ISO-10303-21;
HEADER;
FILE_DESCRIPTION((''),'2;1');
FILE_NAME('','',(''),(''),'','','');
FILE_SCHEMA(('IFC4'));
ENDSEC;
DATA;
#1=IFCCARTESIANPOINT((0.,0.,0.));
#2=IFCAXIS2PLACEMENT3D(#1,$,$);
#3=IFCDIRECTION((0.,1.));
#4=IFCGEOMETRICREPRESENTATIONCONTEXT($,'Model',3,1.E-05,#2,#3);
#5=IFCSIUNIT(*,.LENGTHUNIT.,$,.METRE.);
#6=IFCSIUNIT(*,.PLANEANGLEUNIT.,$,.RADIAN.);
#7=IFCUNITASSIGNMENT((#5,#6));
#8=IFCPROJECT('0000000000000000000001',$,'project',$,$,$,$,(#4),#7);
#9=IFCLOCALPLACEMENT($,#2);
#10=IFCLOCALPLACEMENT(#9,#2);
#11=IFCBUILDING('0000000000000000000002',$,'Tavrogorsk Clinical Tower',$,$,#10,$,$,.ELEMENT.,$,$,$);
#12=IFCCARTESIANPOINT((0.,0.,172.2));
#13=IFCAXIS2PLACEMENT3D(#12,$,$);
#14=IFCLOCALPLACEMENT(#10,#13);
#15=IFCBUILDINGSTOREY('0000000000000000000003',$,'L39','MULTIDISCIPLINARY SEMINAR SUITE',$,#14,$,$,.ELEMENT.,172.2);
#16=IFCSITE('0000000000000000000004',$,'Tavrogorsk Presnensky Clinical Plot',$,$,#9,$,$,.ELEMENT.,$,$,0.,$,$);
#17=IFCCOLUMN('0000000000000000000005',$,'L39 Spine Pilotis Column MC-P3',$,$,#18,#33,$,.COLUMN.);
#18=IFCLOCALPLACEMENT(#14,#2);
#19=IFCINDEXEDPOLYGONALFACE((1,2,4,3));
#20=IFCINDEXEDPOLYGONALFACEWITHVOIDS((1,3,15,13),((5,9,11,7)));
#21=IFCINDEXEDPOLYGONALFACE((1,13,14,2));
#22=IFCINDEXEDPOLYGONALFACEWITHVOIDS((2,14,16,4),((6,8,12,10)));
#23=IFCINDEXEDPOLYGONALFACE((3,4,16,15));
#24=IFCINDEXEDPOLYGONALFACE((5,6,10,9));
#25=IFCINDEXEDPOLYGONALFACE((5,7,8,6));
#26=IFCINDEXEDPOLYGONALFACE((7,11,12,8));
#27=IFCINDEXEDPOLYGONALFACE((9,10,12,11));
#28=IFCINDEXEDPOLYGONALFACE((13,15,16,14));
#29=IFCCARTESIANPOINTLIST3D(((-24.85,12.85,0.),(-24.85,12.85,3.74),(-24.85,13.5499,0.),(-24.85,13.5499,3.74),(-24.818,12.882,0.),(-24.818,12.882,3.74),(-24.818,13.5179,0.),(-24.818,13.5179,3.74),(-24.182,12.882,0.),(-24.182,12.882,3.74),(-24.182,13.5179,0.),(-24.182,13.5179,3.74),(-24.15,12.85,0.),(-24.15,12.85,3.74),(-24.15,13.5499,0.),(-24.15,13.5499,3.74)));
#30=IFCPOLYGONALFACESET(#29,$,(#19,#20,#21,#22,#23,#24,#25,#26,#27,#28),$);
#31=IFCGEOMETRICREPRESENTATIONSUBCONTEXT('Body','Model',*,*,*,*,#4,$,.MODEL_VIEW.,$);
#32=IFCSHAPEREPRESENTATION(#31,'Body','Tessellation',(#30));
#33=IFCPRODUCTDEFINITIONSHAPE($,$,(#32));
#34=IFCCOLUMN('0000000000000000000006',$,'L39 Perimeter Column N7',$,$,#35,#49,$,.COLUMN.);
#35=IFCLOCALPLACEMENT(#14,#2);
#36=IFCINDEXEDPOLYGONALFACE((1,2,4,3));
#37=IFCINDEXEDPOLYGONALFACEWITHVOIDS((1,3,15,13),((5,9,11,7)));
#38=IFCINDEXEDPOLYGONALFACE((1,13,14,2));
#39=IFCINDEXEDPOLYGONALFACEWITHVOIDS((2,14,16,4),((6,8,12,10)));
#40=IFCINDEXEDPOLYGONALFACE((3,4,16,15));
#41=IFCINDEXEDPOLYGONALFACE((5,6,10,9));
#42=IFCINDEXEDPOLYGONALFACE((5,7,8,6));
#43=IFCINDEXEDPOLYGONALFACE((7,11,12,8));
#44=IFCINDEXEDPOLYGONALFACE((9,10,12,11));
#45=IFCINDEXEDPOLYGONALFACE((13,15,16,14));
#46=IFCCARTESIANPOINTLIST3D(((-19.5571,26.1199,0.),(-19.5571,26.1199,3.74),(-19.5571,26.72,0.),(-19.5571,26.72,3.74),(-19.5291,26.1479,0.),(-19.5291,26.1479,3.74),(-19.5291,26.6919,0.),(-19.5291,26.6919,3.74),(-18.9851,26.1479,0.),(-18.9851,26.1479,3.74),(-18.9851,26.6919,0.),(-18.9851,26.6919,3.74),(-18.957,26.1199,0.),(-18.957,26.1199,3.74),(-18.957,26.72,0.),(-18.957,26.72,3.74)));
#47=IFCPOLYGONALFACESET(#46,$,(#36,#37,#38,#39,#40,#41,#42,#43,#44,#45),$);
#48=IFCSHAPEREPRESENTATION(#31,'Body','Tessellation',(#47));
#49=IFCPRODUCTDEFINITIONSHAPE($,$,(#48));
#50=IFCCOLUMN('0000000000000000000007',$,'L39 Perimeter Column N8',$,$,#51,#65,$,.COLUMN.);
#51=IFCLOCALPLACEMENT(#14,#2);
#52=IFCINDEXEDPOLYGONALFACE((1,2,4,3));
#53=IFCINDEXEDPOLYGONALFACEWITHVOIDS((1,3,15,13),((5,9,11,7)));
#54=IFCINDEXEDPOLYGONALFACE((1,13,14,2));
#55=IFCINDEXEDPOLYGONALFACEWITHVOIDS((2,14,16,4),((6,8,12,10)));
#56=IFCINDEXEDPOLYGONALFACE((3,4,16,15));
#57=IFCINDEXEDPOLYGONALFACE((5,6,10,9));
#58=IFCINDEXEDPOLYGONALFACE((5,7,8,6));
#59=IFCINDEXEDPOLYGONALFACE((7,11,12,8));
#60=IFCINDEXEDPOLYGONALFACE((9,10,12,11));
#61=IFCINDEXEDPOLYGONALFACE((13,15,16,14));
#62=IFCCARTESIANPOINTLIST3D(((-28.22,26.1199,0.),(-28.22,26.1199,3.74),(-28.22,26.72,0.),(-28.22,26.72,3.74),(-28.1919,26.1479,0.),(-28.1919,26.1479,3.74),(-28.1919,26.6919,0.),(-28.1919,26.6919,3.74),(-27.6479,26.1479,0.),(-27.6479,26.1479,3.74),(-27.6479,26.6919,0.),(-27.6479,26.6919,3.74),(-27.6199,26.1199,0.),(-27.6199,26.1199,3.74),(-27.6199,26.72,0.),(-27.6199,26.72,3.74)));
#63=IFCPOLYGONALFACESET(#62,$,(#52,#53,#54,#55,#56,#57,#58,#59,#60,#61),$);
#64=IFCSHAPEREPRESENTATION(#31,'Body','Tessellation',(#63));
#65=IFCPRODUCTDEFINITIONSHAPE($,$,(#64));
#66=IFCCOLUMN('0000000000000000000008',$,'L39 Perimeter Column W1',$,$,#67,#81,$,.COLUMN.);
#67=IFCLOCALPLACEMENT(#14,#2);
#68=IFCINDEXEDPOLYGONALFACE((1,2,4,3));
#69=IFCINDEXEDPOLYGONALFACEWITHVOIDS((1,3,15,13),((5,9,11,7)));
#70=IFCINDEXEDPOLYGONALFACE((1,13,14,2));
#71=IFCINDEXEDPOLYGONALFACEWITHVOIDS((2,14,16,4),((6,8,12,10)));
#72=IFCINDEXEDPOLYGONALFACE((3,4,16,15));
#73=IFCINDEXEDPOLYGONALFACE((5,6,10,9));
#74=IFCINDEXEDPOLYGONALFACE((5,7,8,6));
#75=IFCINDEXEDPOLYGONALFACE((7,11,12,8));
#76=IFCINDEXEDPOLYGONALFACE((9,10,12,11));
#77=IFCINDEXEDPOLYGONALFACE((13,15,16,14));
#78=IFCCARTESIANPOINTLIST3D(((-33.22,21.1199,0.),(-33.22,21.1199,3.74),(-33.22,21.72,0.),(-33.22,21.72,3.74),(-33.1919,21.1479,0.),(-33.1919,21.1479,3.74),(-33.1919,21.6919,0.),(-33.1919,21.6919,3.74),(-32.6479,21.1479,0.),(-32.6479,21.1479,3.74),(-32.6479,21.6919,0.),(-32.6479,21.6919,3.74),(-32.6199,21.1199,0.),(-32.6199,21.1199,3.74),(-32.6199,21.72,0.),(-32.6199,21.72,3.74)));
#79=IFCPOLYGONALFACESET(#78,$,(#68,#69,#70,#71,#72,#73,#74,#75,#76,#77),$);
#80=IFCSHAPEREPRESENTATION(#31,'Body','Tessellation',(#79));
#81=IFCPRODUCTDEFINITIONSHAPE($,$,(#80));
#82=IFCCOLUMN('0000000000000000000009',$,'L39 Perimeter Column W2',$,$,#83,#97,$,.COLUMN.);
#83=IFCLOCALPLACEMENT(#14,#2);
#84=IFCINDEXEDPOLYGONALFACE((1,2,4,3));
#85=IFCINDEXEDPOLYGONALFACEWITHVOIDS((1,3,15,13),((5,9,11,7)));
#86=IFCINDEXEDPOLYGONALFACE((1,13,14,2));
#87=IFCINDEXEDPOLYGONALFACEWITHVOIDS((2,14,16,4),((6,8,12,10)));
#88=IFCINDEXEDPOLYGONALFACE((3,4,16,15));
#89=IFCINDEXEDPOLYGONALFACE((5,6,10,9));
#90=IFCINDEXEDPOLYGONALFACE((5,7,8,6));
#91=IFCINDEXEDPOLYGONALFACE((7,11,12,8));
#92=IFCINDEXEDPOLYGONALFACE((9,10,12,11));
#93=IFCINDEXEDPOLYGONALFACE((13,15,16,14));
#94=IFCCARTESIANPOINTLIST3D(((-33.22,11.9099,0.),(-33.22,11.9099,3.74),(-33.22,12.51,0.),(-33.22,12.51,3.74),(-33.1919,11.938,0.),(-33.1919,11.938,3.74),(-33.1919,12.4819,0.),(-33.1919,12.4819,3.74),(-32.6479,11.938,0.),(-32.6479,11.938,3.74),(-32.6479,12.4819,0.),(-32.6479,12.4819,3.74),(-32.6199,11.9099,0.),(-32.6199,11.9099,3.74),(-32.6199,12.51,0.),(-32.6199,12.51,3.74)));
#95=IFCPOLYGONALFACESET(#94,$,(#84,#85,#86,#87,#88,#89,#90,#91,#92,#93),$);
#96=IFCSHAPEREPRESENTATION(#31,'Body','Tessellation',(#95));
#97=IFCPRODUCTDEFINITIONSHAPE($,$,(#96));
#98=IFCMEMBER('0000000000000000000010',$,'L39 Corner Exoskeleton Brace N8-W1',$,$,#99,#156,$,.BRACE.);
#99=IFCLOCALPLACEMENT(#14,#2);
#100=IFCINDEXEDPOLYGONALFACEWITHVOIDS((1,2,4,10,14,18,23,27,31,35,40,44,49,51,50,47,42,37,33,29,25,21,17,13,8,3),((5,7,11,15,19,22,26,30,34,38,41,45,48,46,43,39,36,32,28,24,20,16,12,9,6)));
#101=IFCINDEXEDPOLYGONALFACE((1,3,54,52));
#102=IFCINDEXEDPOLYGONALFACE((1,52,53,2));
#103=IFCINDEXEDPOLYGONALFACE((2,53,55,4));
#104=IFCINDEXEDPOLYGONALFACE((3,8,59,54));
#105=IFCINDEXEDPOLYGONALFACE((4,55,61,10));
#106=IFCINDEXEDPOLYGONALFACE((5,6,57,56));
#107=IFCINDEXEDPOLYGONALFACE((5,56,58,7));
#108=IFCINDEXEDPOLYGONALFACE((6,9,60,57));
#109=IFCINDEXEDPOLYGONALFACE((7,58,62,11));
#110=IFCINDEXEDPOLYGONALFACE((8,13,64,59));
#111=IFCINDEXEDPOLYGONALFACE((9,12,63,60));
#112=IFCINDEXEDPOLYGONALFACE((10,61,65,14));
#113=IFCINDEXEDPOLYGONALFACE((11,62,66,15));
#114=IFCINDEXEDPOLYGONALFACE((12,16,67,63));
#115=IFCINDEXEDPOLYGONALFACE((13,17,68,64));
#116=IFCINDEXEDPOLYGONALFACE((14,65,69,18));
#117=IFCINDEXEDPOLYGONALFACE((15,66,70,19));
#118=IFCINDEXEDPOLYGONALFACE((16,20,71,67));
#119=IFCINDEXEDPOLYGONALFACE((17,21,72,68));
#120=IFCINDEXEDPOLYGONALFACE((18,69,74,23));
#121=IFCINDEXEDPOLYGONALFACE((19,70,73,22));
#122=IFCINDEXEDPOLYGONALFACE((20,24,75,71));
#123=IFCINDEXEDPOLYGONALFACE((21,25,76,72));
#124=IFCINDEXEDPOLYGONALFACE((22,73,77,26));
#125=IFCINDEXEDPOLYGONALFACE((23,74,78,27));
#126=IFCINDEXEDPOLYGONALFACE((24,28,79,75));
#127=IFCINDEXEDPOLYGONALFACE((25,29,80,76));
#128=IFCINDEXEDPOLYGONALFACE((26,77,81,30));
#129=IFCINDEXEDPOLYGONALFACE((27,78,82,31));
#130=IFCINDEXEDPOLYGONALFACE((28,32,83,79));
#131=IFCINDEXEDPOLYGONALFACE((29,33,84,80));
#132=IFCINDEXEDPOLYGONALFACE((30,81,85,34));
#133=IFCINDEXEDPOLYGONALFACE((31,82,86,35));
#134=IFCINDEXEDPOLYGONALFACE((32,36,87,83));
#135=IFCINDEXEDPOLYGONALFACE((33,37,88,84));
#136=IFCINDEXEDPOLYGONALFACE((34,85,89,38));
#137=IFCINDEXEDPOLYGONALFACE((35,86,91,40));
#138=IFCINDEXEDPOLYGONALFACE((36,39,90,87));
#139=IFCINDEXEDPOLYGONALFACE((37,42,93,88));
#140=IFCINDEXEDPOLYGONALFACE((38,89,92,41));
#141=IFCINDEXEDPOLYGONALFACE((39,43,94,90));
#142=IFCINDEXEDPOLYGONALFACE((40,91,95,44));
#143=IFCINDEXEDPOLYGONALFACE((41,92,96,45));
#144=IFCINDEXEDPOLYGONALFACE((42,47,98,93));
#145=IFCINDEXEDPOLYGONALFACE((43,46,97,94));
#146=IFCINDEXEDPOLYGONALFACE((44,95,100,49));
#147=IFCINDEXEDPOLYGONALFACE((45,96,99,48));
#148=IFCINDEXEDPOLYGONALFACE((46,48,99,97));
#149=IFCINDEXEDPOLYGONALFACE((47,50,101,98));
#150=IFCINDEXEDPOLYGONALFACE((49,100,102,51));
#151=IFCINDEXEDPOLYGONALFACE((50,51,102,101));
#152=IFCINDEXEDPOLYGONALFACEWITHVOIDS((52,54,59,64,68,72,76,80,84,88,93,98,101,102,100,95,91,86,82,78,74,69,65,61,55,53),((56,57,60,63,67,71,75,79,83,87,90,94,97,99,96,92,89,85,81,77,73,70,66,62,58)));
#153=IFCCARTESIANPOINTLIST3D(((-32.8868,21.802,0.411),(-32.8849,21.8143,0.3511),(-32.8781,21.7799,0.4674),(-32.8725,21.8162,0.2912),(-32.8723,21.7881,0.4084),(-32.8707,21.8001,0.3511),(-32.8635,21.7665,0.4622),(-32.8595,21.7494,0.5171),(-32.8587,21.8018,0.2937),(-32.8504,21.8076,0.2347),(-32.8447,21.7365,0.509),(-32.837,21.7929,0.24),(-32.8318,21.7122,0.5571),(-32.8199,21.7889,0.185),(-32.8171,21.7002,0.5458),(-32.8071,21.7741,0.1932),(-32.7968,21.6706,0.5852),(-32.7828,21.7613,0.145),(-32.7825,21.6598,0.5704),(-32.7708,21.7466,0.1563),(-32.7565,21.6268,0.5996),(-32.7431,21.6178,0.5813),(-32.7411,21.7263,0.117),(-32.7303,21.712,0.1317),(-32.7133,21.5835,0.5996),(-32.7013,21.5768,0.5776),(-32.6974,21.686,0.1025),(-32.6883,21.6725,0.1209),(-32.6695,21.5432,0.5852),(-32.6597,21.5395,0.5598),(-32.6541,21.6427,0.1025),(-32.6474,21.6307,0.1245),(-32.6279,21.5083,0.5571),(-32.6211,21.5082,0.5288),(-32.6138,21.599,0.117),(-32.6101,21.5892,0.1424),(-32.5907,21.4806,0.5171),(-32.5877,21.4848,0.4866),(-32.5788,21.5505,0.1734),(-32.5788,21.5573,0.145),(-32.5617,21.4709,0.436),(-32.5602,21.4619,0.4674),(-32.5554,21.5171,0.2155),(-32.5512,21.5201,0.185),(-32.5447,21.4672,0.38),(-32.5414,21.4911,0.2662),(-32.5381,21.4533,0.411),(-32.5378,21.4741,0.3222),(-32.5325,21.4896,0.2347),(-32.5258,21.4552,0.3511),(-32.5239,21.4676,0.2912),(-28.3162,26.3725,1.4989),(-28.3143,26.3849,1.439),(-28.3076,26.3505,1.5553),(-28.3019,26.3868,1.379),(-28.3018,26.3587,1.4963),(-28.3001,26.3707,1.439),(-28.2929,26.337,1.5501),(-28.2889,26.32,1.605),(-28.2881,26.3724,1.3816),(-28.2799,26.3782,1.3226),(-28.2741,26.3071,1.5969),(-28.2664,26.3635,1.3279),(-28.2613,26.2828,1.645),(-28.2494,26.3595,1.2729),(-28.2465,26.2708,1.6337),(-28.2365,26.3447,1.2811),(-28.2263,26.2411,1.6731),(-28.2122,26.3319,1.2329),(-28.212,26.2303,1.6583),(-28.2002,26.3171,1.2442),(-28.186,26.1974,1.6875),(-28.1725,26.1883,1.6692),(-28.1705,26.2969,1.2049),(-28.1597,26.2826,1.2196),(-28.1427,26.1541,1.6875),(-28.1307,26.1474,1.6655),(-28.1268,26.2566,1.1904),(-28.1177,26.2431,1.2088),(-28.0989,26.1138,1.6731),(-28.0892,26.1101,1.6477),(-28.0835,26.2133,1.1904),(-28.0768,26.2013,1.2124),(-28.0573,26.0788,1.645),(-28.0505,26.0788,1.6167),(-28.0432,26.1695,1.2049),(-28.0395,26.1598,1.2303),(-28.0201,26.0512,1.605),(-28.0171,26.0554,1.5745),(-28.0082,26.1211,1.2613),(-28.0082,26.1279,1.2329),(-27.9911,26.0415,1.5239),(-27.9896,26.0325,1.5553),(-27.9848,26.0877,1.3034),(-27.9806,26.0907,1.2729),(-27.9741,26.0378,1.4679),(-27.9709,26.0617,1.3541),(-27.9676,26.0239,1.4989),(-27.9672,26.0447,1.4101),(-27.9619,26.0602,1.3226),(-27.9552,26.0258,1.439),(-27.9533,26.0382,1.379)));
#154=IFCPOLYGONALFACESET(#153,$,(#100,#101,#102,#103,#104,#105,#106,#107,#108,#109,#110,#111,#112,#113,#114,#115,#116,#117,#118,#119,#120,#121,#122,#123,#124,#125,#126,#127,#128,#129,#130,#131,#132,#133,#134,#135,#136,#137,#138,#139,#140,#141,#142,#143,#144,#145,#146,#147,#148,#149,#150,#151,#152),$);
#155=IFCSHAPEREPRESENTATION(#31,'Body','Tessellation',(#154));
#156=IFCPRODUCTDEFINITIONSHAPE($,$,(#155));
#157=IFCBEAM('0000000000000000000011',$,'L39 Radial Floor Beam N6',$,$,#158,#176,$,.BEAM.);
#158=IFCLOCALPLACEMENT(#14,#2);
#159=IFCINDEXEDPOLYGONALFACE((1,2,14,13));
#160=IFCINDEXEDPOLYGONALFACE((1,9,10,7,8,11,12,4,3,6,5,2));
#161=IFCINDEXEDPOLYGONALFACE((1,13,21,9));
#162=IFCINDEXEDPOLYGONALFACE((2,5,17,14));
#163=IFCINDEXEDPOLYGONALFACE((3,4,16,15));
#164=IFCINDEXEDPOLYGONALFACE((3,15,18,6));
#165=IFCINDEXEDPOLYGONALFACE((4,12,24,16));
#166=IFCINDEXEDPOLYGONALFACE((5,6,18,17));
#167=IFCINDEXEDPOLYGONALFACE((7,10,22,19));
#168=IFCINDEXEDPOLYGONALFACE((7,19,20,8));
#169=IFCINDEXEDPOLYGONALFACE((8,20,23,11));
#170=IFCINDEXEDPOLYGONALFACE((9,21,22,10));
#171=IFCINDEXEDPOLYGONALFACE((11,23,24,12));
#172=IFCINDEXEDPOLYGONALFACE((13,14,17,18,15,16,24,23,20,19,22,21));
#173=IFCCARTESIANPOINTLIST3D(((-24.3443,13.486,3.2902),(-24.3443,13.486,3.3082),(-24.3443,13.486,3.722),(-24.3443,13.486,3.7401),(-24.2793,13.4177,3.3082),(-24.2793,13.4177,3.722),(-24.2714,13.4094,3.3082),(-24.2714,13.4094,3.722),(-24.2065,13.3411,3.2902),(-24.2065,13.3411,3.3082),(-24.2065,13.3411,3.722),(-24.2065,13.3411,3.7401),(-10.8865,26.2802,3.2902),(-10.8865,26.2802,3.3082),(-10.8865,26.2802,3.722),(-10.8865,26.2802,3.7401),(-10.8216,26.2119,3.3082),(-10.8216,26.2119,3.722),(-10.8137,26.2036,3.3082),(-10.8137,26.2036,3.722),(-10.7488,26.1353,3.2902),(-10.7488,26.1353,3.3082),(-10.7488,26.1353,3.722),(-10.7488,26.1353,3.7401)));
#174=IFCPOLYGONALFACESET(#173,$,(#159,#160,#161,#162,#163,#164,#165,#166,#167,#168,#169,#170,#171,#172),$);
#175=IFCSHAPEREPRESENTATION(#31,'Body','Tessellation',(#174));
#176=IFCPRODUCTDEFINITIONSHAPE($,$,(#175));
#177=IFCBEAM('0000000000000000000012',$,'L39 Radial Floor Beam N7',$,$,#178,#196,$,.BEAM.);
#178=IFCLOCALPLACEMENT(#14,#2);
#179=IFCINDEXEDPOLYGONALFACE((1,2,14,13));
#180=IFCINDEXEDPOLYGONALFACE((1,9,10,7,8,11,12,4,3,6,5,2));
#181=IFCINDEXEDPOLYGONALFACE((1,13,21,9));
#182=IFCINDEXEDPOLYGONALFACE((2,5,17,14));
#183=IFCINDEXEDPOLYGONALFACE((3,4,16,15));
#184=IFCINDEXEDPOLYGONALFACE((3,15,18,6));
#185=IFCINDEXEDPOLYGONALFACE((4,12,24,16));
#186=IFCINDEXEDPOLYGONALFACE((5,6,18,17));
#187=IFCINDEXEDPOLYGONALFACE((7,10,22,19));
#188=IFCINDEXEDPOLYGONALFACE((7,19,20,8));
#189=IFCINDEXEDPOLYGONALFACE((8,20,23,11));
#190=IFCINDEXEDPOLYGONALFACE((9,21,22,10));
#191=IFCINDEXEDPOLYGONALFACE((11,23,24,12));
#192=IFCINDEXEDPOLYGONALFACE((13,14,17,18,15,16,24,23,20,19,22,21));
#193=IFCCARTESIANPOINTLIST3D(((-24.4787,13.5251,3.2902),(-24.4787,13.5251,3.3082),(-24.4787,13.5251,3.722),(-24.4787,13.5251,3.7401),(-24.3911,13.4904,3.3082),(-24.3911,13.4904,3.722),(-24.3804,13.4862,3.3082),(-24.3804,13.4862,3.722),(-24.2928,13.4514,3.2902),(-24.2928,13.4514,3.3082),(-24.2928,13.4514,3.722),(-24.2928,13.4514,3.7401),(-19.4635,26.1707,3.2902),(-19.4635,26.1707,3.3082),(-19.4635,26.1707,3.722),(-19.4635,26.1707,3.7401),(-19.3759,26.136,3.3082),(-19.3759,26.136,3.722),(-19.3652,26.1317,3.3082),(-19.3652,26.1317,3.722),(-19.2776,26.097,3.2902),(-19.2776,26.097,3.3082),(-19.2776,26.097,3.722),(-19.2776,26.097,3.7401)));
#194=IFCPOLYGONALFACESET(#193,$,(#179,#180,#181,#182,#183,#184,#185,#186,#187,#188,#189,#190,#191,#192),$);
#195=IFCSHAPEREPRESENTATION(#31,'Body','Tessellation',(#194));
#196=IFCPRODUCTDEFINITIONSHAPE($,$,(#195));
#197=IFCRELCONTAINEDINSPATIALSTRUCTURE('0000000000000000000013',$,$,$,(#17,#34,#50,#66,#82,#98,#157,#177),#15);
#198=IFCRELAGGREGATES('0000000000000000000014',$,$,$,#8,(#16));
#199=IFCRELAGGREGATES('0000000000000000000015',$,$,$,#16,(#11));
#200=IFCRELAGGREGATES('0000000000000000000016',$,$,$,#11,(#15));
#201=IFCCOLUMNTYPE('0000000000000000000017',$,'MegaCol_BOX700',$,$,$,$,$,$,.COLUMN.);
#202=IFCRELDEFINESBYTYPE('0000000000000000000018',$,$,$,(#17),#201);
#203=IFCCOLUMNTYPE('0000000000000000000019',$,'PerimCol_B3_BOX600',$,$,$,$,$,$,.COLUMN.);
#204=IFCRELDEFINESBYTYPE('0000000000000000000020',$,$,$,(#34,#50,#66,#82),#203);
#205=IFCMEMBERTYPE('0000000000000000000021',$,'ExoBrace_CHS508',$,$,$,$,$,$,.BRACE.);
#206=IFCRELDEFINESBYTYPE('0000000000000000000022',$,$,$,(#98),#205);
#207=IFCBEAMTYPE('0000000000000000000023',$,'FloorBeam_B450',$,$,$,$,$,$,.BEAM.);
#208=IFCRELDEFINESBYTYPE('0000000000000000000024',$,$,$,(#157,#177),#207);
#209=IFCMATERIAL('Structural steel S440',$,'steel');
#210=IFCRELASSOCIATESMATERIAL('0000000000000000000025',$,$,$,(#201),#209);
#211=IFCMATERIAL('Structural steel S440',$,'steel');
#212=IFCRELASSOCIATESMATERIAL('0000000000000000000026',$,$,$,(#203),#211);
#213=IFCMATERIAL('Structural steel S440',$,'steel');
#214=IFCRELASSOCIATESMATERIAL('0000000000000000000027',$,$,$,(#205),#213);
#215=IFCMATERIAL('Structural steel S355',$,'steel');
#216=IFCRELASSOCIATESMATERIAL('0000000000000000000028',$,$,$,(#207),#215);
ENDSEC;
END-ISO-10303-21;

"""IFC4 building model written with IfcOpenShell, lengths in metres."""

from ifc_helpers import new_model, si_unit, direction, frame, origin, origin_2d, place, context, subcontext, project, spatial, hollow_rectangle, hollow_circle, i_section, extrude, material, material_profile, profile_set, type_object, element, save


model = new_model("IFC4")

# Units and contexts
model_context = context("Model", 3, precision=1e-05, world=origin(), true_north=direction((0.0, 1.0)))
body_context = subcontext(model_context, "Body", "Model", "MODEL_VIEW")
ifc_project = project(units=[si_unit("LENGTHUNIT", "METRE"), si_unit("PLANEANGLEUNIT", "RADIAN")], contexts=[model_context])

# Site, building, storey
site_placement = place(None, origin())
site = spatial("IfcSite", under=ifc_project, at=site_placement, Name="Tavrogorsk Presnensky Clinical Plot", CompositionType="ELEMENT", RefElevation=0.0)
building_placement = place(site_placement, origin())
building = spatial("IfcBuilding", under=site, at=building_placement, Name="Tavrogorsk Clinical Tower", CompositionType="ELEMENT")
storey_placement = place(building_placement, frame((0.0, 0.0, 172.2)))
storey = spatial("IfcBuildingStorey", under=building, at=storey_placement, Name="L39", Description="MULTIDISCIPLINARY SEMINAR SUITE", CompositionType="ELEMENT", Elevation=172.2)

# Columns
ifc_material_1 = material(Name="Structural steel S440", Category="steel")
ifc_material_profile_1 = material_profile(ifc_material_1, hollow_rectangle(XDim=0.7, YDim=0.7, WallThickness=0.032, at=origin_2d()), Name="BOX-700x700x32")
ifc_profile_set_1 = profile_set([ifc_material_profile_1], Name="Structural steel S440")
column_type_1 = type_object("IfcColumnType", Name="MegaCol_BOX700", PredefinedType="COLUMN", material=ifc_profile_set_1)
column_placement = place(storey_placement, frame((-24.5, 13.2, 0.0), z_axis=(0.0, 0.0, 1.0), x_axis=(1.0, 0.0, 0.0)))
element("IfcColumn", 1, at=column_placement, inside=storey, type_object=column_type_1, Name="L39 Spine Pilotis Column MC-P3", PredefinedType="COLUMN", context=body_context, shape_type="SweptSolid", body=[
    extrude(hollow_rectangle(XDim=0.7, YDim=0.7, WallThickness=0.032, at=origin_2d()), origin(), (0.0, 0.0, 1.0), 3.74),
])
ifc_material_2 = material(Name="Structural steel S440", Category="steel")
ifc_material_profile_2 = material_profile(ifc_material_2, hollow_rectangle(XDim=0.6001, YDim=0.6001, WallThickness=0.0281, at=origin_2d()), Name="BOX-600x600x28")
ifc_profile_set_2 = profile_set([ifc_material_profile_2], Name="Structural steel S440")
column_type_2 = type_object("IfcColumnType", Name="PerimCol_B3_BOX600", PredefinedType="COLUMN", material=ifc_profile_set_2)
for number, where, z_axis, x_axis, name in (
    (2, (-19.2571, 26.4199, 0.0), (0.0, 0.0, 1.0), (1.0, 0.0, 0.0), "L39 Perimeter Column N7"),
    (3, (-27.9199, 26.4199, 0.0), (0.0, 0.0, 1.0), (1.0, 0.0, 0.0), "L39 Perimeter Column N8"),
    (4, (-32.9199, 21.4199, 0.0), (0.0, 0.0, 1.0), (1.0, 0.0, 0.0), "L39 Perimeter Column W1"),
    (5, (-32.9199, 12.21, 0.0), (0.0, 0.0, 1.0), (1.0, 0.0, 0.0), "L39 Perimeter Column W2"),
):
    element("IfcColumn", number, at=place(storey_placement, frame(where, z_axis=z_axis, x_axis=x_axis)), inside=storey, type_object=column_type_2, Name=name, PredefinedType="COLUMN", context=body_context, shape_type="SweptSolid", body=[
        extrude(hollow_rectangle(XDim=0.6001, YDim=0.6001, WallThickness=0.0281, at=origin_2d()), origin(), (0.0, 0.0, 1.0), 3.74),
    ])

# Member
ifc_material_3 = material(Name="Structural steel S440", Category="steel")
ifc_material_profile_3 = material_profile(ifc_material_3, hollow_circle(Radius=0.2539, WallThickness=0.02, at=origin_2d()), Name="CHS-508x20")
ifc_profile_set_3 = profile_set([ifc_material_profile_3], Name="Structural steel S440")
member_type = type_object("IfcMemberType", Name="ExoBrace_CHS508", PredefinedType="BRACE", material=ifc_profile_set_3)
member_placement = place(storey_placement, frame((-32.7053, 21.6348, 0.3511), z_axis=(0.6973, 0.6973, 0.165972), x_axis=(-0.707107, 0.707107, 0.0)))
element("IfcMember", 6, at=member_placement, inside=storey, type_object=member_type, Name="L39 Corner Exoskeleton Brace N8-W1", PredefinedType="BRACE", context=body_context, shape_type="SweptSolid", body=[
    extrude(hollow_circle(Radius=0.2539, WallThickness=0.02, at=origin_2d()), origin(), (0.0, 0.0, 1.0), 6.5547),
])

# Beams
ifc_material_4 = material(Name="Structural steel S355", Category="steel")
ifc_material_profile_4 = material_profile(ifc_material_4, i_section(OverallWidth=0.2, OverallDepth=0.45, WebThickness=0.0115, FlangeThickness=0.0181, at=origin_2d()), Name="B-450x200x11.5x18")
ifc_profile_set_4 = profile_set([ifc_material_profile_4], Name="Structural steel S355")
beam_type_1 = type_object("IfcBeamType", Name="FloorBeam_B450", PredefinedType="BEAM", material=ifc_profile_set_4)
beam_1_placement = place(storey_placement, frame((-24.2754, 13.4136, 3.5151), z_axis=(0.724749, 0.689013, 0.0), x_axis=(-0.689013, 0.724749, 0.0)))
element("IfcBeam", 7, at=beam_1_placement, inside=storey, type_object=beam_type_1, Name="L39 Radial Floor Beam N6", PredefinedType="BEAM", context=body_context, shape_type="SweptSolid", body=[
    extrude(i_section(OverallWidth=0.2, OverallDepth=0.45, WebThickness=0.0115, FlangeThickness=0.0181, at=origin_2d()), origin(), (0.0, 0.0, 1.0), 18.5688),
])
beam_2_placement = place(storey_placement, frame((-24.3857, 13.4883, 3.5151), z_axis=(0.36866, 0.929564, 0.0), x_axis=(-0.929564, 0.36866, 0.0)))
element("IfcBeam", 8, at=beam_2_placement, inside=storey, type_object=beam_type_1, Name="L39 Radial Floor Beam N7", PredefinedType="BEAM", context=body_context, shape_type="SweptSolid", body=[
    extrude(i_section(OverallWidth=0.2, OverallDepth=0.45, WebThickness=0.0115, FlangeThickness=0.0181, at=origin_2d()), origin(), (0.0, 0.0, 1.0), 13.6038),
])

save(model, "model.ifc")
